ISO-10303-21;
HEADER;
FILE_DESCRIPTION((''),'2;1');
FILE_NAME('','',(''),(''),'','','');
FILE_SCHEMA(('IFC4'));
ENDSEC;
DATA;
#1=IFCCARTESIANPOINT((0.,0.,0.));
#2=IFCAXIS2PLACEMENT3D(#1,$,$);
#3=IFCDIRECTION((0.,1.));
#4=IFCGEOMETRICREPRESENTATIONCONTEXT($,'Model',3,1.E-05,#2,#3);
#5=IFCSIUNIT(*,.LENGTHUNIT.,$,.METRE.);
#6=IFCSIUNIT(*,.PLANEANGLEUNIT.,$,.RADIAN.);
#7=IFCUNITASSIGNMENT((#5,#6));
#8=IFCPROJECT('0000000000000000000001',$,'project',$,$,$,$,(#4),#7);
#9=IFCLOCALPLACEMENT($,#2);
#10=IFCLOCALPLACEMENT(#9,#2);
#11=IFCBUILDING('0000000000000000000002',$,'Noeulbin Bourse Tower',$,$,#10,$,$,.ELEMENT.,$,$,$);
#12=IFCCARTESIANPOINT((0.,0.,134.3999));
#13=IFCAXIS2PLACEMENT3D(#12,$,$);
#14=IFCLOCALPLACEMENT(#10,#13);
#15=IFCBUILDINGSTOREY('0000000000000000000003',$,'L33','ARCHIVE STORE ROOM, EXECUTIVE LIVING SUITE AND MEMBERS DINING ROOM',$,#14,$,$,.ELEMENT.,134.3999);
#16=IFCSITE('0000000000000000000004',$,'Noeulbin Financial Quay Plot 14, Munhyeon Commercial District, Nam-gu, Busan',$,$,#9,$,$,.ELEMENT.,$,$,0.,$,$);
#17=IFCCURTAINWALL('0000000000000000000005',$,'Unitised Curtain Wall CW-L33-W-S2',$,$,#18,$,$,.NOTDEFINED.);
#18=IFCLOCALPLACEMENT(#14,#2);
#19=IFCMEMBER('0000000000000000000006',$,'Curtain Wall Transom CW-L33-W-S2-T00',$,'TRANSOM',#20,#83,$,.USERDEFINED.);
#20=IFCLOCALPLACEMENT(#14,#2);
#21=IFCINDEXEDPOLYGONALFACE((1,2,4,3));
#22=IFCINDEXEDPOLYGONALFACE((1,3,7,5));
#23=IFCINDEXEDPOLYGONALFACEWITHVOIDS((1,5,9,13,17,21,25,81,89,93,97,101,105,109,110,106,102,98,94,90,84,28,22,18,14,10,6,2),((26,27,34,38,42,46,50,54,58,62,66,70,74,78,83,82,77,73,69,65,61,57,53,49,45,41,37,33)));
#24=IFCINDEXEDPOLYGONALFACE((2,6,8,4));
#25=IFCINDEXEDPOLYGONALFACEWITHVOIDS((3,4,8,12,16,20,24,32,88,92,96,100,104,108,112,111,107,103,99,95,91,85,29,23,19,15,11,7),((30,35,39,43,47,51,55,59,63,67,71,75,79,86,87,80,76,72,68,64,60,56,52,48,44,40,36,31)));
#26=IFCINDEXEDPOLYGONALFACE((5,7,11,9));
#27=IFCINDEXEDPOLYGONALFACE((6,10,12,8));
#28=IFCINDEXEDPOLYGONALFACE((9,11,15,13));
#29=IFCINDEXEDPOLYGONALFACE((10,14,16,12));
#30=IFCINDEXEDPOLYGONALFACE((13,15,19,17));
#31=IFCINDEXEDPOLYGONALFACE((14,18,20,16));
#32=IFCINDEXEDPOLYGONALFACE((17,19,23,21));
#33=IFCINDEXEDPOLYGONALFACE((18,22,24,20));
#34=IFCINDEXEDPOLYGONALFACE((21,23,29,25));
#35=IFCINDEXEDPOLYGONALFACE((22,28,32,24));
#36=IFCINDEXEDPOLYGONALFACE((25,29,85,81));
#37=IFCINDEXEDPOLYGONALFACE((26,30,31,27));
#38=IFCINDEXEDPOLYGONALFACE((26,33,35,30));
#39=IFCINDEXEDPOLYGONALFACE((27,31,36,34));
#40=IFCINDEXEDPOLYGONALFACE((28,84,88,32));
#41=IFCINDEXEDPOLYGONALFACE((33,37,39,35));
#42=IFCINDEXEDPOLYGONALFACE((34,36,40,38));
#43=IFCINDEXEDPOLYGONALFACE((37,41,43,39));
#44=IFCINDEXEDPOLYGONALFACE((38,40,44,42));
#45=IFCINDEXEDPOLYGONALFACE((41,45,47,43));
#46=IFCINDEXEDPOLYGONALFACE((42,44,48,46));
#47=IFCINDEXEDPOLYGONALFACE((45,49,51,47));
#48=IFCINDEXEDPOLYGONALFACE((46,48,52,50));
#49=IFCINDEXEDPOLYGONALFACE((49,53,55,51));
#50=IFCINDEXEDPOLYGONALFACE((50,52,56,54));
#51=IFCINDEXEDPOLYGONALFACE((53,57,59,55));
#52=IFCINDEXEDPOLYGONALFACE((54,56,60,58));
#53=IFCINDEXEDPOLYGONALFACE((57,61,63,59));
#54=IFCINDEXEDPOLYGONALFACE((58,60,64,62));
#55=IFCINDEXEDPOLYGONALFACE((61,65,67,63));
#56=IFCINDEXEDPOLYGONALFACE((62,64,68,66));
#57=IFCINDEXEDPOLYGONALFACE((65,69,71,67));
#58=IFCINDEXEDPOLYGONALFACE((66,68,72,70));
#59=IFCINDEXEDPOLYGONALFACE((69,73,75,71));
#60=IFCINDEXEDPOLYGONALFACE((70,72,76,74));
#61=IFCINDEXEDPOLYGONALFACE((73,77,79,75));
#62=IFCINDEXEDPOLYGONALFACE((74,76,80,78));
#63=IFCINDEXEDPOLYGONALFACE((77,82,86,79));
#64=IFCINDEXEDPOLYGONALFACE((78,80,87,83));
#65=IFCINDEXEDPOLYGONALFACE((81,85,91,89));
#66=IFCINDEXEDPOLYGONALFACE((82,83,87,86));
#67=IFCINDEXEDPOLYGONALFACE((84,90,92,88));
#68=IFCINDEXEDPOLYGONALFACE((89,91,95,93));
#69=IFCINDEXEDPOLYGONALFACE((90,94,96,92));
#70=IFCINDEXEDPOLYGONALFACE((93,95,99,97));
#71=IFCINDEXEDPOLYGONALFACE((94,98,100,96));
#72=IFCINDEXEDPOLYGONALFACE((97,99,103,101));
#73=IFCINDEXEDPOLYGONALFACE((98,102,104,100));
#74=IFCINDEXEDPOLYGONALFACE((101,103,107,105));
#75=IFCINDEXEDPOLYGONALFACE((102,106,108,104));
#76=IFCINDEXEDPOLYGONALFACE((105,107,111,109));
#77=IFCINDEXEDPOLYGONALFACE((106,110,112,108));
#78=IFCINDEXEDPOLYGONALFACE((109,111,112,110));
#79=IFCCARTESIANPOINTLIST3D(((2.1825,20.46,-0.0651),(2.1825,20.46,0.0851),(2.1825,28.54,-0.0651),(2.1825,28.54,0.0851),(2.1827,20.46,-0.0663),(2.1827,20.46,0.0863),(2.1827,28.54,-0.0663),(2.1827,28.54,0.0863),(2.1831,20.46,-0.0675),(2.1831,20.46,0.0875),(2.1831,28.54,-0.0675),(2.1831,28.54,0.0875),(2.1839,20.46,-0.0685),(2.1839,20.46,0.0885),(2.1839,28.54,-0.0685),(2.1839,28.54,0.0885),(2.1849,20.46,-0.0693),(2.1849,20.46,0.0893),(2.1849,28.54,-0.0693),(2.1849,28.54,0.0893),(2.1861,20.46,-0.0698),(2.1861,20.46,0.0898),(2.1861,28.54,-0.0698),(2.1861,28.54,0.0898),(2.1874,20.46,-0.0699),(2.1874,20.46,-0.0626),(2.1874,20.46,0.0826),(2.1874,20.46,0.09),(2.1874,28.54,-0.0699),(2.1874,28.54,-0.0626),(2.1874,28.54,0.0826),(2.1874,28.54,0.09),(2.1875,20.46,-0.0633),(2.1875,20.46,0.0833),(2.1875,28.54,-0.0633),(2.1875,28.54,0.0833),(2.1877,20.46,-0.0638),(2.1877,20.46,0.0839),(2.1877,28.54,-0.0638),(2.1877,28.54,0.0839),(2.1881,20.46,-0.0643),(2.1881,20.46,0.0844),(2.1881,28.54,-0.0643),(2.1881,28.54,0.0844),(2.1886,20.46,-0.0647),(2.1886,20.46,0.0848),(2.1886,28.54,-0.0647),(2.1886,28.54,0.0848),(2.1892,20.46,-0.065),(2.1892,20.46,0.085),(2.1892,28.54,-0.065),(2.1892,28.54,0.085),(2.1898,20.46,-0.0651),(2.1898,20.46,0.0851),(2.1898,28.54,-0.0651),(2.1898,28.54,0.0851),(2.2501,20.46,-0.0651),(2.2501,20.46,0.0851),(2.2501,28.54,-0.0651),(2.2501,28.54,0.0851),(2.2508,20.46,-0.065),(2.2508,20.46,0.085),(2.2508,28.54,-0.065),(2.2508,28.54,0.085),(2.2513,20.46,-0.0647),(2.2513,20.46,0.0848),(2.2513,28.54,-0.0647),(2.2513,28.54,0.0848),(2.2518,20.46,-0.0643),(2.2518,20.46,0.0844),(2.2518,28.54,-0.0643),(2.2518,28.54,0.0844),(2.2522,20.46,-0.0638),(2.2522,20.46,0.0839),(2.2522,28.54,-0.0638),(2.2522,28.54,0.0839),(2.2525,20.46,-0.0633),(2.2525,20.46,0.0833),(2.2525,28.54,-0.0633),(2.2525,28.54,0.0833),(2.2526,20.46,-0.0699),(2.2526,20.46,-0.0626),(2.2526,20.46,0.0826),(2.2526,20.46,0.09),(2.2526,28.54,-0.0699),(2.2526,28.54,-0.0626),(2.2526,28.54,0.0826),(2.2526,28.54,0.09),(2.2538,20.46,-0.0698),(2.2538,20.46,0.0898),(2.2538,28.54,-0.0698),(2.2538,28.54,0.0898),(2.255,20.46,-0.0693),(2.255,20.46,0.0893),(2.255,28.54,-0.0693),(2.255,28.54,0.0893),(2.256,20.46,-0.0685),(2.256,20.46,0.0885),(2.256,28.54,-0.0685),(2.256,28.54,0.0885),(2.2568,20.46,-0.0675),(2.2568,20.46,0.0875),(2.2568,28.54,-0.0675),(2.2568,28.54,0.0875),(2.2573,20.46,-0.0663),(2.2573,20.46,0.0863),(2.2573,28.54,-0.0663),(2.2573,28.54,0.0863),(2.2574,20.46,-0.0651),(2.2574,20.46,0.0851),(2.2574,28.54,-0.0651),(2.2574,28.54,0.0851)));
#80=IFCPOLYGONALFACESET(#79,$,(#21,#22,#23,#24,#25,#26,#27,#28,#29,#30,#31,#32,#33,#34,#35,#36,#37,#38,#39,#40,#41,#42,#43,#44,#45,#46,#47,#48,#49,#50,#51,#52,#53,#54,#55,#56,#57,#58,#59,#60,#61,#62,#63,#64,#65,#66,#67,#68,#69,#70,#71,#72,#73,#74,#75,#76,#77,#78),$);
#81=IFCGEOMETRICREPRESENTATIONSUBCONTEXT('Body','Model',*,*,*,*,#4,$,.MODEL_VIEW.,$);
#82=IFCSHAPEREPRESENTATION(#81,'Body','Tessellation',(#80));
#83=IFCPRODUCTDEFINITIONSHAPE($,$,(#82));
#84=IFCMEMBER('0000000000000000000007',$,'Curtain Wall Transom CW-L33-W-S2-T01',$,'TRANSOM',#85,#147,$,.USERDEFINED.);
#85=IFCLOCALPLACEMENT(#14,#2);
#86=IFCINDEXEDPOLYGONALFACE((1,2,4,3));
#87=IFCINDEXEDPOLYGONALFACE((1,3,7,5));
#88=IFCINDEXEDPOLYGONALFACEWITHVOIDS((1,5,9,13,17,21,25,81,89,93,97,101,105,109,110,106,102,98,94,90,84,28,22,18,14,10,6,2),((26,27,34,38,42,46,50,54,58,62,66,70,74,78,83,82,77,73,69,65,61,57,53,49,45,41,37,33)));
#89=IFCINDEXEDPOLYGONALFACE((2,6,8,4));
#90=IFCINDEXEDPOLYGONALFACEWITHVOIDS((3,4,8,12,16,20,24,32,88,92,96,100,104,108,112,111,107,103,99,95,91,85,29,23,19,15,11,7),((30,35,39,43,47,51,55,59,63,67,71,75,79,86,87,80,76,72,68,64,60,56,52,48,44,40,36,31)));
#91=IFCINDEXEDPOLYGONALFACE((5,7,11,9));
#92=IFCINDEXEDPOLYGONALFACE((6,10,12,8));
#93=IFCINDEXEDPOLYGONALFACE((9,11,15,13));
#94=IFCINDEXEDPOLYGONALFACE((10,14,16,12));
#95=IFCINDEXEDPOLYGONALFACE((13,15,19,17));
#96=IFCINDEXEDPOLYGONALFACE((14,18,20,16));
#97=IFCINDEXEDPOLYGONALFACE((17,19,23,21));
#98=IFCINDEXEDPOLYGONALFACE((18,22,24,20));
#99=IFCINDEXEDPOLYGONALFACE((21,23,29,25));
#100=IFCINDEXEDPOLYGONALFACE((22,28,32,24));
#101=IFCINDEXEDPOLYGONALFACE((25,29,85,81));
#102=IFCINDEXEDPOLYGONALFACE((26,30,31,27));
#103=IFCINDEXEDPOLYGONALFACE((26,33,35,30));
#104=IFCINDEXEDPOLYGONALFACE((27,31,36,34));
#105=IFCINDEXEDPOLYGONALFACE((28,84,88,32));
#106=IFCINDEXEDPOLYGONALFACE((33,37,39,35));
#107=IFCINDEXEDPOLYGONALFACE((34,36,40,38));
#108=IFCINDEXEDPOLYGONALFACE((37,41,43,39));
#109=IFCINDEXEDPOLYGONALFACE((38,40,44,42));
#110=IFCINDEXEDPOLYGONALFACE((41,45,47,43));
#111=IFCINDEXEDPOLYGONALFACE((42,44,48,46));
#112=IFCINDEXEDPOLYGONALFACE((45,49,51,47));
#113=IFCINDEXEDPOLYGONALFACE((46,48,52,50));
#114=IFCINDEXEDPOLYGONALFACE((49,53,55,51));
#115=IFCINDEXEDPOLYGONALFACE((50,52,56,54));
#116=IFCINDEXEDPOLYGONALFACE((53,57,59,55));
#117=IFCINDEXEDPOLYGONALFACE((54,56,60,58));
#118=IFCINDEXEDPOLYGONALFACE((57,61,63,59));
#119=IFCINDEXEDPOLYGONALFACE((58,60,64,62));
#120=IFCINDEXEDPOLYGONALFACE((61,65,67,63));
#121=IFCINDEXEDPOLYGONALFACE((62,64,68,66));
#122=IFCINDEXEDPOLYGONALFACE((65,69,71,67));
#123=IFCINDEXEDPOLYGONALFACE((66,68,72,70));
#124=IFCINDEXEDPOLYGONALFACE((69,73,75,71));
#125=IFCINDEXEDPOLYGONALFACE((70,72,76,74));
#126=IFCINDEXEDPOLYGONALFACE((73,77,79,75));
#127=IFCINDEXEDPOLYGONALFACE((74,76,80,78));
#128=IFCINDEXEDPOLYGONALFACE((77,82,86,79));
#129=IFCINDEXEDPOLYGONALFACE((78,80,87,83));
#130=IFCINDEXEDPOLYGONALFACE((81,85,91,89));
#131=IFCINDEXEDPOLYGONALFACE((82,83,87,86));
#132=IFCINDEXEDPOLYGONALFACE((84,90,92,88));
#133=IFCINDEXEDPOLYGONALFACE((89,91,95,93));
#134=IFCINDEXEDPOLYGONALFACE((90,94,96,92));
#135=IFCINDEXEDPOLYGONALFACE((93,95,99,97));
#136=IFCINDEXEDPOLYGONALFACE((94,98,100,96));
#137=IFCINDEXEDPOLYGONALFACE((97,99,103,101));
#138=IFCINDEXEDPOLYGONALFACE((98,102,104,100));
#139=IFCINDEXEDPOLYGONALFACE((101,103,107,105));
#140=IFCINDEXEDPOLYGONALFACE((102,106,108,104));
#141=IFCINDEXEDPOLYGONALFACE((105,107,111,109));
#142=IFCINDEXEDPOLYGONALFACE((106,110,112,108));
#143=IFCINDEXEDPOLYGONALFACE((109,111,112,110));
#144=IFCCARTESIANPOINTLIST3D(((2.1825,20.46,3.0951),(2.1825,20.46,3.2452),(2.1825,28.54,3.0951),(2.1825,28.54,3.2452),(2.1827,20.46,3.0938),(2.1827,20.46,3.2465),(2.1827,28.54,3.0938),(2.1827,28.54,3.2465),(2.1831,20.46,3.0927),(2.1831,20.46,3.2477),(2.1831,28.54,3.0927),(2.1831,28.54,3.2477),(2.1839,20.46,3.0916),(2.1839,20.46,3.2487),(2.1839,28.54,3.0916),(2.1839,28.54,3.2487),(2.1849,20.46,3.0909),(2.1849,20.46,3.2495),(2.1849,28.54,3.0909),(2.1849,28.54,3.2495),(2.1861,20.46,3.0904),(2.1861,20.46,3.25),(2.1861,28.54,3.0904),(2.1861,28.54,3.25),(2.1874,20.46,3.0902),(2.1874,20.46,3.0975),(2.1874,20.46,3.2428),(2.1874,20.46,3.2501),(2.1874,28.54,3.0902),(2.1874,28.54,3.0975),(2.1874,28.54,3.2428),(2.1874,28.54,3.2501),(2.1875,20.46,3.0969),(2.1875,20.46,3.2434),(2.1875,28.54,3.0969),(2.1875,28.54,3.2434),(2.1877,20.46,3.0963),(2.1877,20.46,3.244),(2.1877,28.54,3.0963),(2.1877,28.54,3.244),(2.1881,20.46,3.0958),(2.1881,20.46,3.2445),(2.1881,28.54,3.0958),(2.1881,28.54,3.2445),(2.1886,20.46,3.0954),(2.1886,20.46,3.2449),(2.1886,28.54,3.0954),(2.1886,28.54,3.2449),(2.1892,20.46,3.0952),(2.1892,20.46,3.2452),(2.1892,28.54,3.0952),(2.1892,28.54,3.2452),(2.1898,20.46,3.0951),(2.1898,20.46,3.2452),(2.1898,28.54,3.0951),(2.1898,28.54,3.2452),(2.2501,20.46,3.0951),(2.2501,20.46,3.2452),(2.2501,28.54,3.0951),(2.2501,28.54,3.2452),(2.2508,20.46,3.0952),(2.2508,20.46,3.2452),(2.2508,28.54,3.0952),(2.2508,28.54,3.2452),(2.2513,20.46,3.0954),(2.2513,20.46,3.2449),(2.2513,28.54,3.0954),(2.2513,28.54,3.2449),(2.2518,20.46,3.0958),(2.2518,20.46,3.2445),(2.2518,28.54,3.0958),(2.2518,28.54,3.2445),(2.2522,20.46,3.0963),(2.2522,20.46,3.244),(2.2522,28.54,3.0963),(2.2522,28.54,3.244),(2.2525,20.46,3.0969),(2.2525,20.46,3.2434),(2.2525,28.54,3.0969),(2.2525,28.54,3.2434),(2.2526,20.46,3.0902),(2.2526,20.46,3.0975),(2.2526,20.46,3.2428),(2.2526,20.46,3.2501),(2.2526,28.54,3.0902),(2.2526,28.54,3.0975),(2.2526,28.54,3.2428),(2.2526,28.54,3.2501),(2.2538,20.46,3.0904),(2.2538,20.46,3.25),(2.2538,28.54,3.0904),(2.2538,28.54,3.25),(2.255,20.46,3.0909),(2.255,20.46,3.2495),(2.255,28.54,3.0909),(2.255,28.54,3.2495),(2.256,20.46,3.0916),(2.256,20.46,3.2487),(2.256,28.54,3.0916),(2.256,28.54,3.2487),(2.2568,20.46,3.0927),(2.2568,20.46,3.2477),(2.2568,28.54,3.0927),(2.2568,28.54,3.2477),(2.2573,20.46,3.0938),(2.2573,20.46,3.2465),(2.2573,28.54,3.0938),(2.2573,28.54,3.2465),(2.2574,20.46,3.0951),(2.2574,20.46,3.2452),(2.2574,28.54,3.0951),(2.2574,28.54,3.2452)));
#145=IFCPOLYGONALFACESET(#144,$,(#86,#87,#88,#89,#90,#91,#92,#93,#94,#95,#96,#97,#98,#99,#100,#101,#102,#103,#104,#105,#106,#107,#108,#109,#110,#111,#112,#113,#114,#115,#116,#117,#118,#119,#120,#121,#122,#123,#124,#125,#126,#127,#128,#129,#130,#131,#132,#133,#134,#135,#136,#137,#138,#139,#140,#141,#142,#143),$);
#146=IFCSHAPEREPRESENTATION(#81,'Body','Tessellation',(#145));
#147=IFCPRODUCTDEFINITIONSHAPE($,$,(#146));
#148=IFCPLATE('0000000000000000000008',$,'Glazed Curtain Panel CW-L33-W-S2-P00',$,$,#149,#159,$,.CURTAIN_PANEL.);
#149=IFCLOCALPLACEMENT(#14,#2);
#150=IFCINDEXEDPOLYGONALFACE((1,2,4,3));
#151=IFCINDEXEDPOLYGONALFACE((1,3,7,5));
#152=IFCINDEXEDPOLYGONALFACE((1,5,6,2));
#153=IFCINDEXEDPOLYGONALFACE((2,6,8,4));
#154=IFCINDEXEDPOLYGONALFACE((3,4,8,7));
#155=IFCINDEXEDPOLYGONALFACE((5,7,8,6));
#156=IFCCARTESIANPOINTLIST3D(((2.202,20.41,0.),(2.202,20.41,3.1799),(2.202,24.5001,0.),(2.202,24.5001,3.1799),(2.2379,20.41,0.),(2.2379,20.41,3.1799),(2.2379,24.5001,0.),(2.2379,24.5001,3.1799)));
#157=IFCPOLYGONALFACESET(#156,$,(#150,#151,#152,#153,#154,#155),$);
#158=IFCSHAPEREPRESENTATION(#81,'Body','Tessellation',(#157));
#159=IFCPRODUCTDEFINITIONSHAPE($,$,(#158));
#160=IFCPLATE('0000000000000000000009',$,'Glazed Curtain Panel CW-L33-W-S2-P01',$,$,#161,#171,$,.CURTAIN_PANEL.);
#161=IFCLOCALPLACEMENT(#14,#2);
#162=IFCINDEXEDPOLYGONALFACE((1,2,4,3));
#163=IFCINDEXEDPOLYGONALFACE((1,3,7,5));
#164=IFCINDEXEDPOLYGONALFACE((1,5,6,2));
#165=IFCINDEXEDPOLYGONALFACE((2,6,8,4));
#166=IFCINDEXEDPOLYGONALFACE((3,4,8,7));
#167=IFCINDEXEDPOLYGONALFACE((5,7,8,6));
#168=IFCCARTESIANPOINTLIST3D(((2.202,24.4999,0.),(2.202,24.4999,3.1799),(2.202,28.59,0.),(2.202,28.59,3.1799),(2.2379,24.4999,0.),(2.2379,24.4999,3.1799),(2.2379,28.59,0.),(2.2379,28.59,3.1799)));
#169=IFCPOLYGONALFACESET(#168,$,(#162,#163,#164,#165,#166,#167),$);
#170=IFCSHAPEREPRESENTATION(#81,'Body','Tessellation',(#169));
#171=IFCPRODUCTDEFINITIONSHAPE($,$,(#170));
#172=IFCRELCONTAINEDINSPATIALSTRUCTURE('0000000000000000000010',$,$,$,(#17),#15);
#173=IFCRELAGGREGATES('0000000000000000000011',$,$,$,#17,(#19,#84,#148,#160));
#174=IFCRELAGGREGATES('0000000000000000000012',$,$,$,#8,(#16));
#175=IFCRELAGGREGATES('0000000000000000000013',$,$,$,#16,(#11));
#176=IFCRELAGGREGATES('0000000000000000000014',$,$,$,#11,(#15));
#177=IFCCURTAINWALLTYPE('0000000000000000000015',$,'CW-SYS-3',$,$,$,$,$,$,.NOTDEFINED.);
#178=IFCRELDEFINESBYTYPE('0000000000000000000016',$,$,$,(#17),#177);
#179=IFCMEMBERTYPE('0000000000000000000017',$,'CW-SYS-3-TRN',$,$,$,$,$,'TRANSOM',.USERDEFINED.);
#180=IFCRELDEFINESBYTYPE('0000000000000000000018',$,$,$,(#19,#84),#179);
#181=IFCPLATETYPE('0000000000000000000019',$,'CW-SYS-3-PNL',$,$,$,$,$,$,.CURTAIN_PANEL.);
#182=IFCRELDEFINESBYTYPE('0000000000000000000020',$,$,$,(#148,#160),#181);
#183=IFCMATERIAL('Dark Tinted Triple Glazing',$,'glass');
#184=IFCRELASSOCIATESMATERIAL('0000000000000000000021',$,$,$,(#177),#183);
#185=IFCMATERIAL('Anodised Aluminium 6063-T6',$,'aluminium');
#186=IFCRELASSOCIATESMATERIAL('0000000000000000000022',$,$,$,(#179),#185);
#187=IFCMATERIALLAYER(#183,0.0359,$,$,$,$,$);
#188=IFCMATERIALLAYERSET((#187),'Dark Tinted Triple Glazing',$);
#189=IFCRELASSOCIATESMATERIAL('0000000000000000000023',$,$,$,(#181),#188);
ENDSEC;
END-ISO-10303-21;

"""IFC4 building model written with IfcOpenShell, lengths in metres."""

from ifc_helpers import new_model, si_unit, direction, frame, origin, origin_2d, place, context, subcontext, project, spatial, rectangle, hollow_rectangle, extrude, material, layer, layer_set, material_profile, profile_set, type_object, element, aggregate, save


model = new_model("IFC4")

# Units and contexts
model_context = context("Model", 3, precision=1e-05, world=origin(), true_north=direction((0.0, 1.0)))
body_context = subcontext(model_context, "Body", "Model", "MODEL_VIEW")
ifc_project = project(units=[si_unit("LENGTHUNIT", "METRE"), si_unit("PLANEANGLEUNIT", "RADIAN")], contexts=[model_context])

# Site, building, storey
site_placement = place(None, origin())
site = spatial("IfcSite", under=ifc_project, at=site_placement, Name="Noeulbin Financial Quay Plot 14, Munhyeon Commercial District, Nam-gu, Busan", CompositionType="ELEMENT", RefElevation=0.0)
building_placement = place(site_placement, origin())
building = spatial("IfcBuilding", under=site, at=building_placement, Name="Noeulbin Bourse Tower", CompositionType="ELEMENT")
storey_placement = place(building_placement, frame((0.0, 0.0, 134.3999)))
storey = spatial("IfcBuildingStorey", under=building, at=storey_placement, Name="L33", Description="ARCHIVE STORE ROOM, EXECUTIVE LIVING SUITE AND MEMBERS DINING ROOM", CompositionType="ELEMENT", Elevation=134.3999)

# Curtain wall, members, plates
ifc_material_1 = material(Name="Dark Tinted Triple Glazing", Category="glass")
curtain_wall_type = type_object("IfcCurtainWallType", Name="CW-SYS-3", PredefinedType="NOTDEFINED", material=ifc_material_1)
curtain_wall_placement = place(storey_placement, origin())
curtain_wall = element("IfcCurtainWall", 1, at=curtain_wall_placement, inside=storey, type_object=curtain_wall_type, Name="Unitised Curtain Wall CW-L33-W-S2", PredefinedType="NOTDEFINED")
ifc_material_2 = material(Name="Anodised Aluminium 6063-T6", Category="aluminium")
ifc_material_profile_1 = material_profile(ifc_material_2, hollow_rectangle(XDim=0.075, YDim=0.1599, WallThickness=0.0049, InnerFilletRadius=0.0024, OuterFilletRadius=0.0049, at=origin_2d()), Name="ALU-TRAN-75x160x5", Category="LoadBearing")
ifc_profile_set_1 = profile_set([ifc_material_profile_1], Name="Anodised Aluminium 6063-T6")
member_type_1 = type_object("IfcMemberType", Name="CW-SYS-3-TRN", ElementType="TRANSOM", PredefinedType="USERDEFINED", material=ifc_profile_set_1)
member_1_placement = place(storey_placement, frame((2.22, 20.46, 0.01), z_axis=(0.0, 1.0, 0.0), x_axis=(-1.0, 0.0, 0.0)))
member_1 = element("IfcMember", 2, at=member_1_placement, type_object=member_type_1, Name="Curtain Wall Transom CW-L33-W-S2-T00", ObjectType="TRANSOM", PredefinedType="USERDEFINED", context=body_context, shape_type="SweptSolid", body=[
    extrude(hollow_rectangle(XDim=0.075, YDim=0.1599, WallThickness=0.0049, InnerFilletRadius=0.0024, OuterFilletRadius=0.0049, at=origin_2d()), origin(), (0.0, 0.0, 1.0), 8.0801),
])
member_2_placement = place(storey_placement, frame((2.22, 20.46, 3.1702), z_axis=(0.0, 1.0, 0.0), x_axis=(-1.0, 0.0, 0.0)))
member_2 = element("IfcMember", 3, at=member_2_placement, type_object=member_type_1, Name="Curtain Wall Transom CW-L33-W-S2-T01", ObjectType="TRANSOM", PredefinedType="USERDEFINED", context=body_context, shape_type="SweptSolid", body=[
    extrude(hollow_rectangle(XDim=0.075, YDim=0.1599, WallThickness=0.0049, InnerFilletRadius=0.0024, OuterFilletRadius=0.0049, at=origin_2d()), origin(), (0.0, 0.0, 1.0), 8.0801),
])
ifc_layer_1 = layer(ifc_material_1, 0.0359)
ifc_layer_set_1 = layer_set([ifc_layer_1], Name="Dark Tinted Triple Glazing")
plate_type = type_object("IfcPlateType", Name="CW-SYS-3-PNL", PredefinedType="CURTAIN_PANEL", material=ifc_layer_set_1)
plate_1_placement = place(storey_placement, frame((2.22, 22.4551, 0.0), z_axis=(0.0, 0.0, 1.0), x_axis=(0.0, 1.0, 0.0)))
plate_1 = element("IfcPlate", 4, at=plate_1_placement, type_object=plate_type, Name="Glazed Curtain Panel CW-L33-W-S2-P00", PredefinedType="CURTAIN_PANEL", context=body_context, shape_type="SweptSolid", body=[
    extrude(rectangle(XDim=4.0901, YDim=0.0359, at=origin_2d()), origin(), (0.0, 0.0, 1.0), 3.1799),
])
plate_2_placement = place(storey_placement, frame((2.22, 26.5449, 0.0), z_axis=(0.0, 0.0, 1.0), x_axis=(0.0, 1.0, 0.0)))
plate_2 = element("IfcPlate", 5, at=plate_2_placement, type_object=plate_type, Name="Glazed Curtain Panel CW-L33-W-S2-P01", PredefinedType="CURTAIN_PANEL", context=body_context, shape_type="SweptSolid", body=[
    extrude(rectangle(XDim=4.0901, YDim=0.0359, at=origin_2d()), origin(), (0.0, 0.0, 1.0), 3.1799),
])
aggregate(curtain_wall, [member_1, member_2, plate_1, plate_2])

save(model, "model.ifc")
